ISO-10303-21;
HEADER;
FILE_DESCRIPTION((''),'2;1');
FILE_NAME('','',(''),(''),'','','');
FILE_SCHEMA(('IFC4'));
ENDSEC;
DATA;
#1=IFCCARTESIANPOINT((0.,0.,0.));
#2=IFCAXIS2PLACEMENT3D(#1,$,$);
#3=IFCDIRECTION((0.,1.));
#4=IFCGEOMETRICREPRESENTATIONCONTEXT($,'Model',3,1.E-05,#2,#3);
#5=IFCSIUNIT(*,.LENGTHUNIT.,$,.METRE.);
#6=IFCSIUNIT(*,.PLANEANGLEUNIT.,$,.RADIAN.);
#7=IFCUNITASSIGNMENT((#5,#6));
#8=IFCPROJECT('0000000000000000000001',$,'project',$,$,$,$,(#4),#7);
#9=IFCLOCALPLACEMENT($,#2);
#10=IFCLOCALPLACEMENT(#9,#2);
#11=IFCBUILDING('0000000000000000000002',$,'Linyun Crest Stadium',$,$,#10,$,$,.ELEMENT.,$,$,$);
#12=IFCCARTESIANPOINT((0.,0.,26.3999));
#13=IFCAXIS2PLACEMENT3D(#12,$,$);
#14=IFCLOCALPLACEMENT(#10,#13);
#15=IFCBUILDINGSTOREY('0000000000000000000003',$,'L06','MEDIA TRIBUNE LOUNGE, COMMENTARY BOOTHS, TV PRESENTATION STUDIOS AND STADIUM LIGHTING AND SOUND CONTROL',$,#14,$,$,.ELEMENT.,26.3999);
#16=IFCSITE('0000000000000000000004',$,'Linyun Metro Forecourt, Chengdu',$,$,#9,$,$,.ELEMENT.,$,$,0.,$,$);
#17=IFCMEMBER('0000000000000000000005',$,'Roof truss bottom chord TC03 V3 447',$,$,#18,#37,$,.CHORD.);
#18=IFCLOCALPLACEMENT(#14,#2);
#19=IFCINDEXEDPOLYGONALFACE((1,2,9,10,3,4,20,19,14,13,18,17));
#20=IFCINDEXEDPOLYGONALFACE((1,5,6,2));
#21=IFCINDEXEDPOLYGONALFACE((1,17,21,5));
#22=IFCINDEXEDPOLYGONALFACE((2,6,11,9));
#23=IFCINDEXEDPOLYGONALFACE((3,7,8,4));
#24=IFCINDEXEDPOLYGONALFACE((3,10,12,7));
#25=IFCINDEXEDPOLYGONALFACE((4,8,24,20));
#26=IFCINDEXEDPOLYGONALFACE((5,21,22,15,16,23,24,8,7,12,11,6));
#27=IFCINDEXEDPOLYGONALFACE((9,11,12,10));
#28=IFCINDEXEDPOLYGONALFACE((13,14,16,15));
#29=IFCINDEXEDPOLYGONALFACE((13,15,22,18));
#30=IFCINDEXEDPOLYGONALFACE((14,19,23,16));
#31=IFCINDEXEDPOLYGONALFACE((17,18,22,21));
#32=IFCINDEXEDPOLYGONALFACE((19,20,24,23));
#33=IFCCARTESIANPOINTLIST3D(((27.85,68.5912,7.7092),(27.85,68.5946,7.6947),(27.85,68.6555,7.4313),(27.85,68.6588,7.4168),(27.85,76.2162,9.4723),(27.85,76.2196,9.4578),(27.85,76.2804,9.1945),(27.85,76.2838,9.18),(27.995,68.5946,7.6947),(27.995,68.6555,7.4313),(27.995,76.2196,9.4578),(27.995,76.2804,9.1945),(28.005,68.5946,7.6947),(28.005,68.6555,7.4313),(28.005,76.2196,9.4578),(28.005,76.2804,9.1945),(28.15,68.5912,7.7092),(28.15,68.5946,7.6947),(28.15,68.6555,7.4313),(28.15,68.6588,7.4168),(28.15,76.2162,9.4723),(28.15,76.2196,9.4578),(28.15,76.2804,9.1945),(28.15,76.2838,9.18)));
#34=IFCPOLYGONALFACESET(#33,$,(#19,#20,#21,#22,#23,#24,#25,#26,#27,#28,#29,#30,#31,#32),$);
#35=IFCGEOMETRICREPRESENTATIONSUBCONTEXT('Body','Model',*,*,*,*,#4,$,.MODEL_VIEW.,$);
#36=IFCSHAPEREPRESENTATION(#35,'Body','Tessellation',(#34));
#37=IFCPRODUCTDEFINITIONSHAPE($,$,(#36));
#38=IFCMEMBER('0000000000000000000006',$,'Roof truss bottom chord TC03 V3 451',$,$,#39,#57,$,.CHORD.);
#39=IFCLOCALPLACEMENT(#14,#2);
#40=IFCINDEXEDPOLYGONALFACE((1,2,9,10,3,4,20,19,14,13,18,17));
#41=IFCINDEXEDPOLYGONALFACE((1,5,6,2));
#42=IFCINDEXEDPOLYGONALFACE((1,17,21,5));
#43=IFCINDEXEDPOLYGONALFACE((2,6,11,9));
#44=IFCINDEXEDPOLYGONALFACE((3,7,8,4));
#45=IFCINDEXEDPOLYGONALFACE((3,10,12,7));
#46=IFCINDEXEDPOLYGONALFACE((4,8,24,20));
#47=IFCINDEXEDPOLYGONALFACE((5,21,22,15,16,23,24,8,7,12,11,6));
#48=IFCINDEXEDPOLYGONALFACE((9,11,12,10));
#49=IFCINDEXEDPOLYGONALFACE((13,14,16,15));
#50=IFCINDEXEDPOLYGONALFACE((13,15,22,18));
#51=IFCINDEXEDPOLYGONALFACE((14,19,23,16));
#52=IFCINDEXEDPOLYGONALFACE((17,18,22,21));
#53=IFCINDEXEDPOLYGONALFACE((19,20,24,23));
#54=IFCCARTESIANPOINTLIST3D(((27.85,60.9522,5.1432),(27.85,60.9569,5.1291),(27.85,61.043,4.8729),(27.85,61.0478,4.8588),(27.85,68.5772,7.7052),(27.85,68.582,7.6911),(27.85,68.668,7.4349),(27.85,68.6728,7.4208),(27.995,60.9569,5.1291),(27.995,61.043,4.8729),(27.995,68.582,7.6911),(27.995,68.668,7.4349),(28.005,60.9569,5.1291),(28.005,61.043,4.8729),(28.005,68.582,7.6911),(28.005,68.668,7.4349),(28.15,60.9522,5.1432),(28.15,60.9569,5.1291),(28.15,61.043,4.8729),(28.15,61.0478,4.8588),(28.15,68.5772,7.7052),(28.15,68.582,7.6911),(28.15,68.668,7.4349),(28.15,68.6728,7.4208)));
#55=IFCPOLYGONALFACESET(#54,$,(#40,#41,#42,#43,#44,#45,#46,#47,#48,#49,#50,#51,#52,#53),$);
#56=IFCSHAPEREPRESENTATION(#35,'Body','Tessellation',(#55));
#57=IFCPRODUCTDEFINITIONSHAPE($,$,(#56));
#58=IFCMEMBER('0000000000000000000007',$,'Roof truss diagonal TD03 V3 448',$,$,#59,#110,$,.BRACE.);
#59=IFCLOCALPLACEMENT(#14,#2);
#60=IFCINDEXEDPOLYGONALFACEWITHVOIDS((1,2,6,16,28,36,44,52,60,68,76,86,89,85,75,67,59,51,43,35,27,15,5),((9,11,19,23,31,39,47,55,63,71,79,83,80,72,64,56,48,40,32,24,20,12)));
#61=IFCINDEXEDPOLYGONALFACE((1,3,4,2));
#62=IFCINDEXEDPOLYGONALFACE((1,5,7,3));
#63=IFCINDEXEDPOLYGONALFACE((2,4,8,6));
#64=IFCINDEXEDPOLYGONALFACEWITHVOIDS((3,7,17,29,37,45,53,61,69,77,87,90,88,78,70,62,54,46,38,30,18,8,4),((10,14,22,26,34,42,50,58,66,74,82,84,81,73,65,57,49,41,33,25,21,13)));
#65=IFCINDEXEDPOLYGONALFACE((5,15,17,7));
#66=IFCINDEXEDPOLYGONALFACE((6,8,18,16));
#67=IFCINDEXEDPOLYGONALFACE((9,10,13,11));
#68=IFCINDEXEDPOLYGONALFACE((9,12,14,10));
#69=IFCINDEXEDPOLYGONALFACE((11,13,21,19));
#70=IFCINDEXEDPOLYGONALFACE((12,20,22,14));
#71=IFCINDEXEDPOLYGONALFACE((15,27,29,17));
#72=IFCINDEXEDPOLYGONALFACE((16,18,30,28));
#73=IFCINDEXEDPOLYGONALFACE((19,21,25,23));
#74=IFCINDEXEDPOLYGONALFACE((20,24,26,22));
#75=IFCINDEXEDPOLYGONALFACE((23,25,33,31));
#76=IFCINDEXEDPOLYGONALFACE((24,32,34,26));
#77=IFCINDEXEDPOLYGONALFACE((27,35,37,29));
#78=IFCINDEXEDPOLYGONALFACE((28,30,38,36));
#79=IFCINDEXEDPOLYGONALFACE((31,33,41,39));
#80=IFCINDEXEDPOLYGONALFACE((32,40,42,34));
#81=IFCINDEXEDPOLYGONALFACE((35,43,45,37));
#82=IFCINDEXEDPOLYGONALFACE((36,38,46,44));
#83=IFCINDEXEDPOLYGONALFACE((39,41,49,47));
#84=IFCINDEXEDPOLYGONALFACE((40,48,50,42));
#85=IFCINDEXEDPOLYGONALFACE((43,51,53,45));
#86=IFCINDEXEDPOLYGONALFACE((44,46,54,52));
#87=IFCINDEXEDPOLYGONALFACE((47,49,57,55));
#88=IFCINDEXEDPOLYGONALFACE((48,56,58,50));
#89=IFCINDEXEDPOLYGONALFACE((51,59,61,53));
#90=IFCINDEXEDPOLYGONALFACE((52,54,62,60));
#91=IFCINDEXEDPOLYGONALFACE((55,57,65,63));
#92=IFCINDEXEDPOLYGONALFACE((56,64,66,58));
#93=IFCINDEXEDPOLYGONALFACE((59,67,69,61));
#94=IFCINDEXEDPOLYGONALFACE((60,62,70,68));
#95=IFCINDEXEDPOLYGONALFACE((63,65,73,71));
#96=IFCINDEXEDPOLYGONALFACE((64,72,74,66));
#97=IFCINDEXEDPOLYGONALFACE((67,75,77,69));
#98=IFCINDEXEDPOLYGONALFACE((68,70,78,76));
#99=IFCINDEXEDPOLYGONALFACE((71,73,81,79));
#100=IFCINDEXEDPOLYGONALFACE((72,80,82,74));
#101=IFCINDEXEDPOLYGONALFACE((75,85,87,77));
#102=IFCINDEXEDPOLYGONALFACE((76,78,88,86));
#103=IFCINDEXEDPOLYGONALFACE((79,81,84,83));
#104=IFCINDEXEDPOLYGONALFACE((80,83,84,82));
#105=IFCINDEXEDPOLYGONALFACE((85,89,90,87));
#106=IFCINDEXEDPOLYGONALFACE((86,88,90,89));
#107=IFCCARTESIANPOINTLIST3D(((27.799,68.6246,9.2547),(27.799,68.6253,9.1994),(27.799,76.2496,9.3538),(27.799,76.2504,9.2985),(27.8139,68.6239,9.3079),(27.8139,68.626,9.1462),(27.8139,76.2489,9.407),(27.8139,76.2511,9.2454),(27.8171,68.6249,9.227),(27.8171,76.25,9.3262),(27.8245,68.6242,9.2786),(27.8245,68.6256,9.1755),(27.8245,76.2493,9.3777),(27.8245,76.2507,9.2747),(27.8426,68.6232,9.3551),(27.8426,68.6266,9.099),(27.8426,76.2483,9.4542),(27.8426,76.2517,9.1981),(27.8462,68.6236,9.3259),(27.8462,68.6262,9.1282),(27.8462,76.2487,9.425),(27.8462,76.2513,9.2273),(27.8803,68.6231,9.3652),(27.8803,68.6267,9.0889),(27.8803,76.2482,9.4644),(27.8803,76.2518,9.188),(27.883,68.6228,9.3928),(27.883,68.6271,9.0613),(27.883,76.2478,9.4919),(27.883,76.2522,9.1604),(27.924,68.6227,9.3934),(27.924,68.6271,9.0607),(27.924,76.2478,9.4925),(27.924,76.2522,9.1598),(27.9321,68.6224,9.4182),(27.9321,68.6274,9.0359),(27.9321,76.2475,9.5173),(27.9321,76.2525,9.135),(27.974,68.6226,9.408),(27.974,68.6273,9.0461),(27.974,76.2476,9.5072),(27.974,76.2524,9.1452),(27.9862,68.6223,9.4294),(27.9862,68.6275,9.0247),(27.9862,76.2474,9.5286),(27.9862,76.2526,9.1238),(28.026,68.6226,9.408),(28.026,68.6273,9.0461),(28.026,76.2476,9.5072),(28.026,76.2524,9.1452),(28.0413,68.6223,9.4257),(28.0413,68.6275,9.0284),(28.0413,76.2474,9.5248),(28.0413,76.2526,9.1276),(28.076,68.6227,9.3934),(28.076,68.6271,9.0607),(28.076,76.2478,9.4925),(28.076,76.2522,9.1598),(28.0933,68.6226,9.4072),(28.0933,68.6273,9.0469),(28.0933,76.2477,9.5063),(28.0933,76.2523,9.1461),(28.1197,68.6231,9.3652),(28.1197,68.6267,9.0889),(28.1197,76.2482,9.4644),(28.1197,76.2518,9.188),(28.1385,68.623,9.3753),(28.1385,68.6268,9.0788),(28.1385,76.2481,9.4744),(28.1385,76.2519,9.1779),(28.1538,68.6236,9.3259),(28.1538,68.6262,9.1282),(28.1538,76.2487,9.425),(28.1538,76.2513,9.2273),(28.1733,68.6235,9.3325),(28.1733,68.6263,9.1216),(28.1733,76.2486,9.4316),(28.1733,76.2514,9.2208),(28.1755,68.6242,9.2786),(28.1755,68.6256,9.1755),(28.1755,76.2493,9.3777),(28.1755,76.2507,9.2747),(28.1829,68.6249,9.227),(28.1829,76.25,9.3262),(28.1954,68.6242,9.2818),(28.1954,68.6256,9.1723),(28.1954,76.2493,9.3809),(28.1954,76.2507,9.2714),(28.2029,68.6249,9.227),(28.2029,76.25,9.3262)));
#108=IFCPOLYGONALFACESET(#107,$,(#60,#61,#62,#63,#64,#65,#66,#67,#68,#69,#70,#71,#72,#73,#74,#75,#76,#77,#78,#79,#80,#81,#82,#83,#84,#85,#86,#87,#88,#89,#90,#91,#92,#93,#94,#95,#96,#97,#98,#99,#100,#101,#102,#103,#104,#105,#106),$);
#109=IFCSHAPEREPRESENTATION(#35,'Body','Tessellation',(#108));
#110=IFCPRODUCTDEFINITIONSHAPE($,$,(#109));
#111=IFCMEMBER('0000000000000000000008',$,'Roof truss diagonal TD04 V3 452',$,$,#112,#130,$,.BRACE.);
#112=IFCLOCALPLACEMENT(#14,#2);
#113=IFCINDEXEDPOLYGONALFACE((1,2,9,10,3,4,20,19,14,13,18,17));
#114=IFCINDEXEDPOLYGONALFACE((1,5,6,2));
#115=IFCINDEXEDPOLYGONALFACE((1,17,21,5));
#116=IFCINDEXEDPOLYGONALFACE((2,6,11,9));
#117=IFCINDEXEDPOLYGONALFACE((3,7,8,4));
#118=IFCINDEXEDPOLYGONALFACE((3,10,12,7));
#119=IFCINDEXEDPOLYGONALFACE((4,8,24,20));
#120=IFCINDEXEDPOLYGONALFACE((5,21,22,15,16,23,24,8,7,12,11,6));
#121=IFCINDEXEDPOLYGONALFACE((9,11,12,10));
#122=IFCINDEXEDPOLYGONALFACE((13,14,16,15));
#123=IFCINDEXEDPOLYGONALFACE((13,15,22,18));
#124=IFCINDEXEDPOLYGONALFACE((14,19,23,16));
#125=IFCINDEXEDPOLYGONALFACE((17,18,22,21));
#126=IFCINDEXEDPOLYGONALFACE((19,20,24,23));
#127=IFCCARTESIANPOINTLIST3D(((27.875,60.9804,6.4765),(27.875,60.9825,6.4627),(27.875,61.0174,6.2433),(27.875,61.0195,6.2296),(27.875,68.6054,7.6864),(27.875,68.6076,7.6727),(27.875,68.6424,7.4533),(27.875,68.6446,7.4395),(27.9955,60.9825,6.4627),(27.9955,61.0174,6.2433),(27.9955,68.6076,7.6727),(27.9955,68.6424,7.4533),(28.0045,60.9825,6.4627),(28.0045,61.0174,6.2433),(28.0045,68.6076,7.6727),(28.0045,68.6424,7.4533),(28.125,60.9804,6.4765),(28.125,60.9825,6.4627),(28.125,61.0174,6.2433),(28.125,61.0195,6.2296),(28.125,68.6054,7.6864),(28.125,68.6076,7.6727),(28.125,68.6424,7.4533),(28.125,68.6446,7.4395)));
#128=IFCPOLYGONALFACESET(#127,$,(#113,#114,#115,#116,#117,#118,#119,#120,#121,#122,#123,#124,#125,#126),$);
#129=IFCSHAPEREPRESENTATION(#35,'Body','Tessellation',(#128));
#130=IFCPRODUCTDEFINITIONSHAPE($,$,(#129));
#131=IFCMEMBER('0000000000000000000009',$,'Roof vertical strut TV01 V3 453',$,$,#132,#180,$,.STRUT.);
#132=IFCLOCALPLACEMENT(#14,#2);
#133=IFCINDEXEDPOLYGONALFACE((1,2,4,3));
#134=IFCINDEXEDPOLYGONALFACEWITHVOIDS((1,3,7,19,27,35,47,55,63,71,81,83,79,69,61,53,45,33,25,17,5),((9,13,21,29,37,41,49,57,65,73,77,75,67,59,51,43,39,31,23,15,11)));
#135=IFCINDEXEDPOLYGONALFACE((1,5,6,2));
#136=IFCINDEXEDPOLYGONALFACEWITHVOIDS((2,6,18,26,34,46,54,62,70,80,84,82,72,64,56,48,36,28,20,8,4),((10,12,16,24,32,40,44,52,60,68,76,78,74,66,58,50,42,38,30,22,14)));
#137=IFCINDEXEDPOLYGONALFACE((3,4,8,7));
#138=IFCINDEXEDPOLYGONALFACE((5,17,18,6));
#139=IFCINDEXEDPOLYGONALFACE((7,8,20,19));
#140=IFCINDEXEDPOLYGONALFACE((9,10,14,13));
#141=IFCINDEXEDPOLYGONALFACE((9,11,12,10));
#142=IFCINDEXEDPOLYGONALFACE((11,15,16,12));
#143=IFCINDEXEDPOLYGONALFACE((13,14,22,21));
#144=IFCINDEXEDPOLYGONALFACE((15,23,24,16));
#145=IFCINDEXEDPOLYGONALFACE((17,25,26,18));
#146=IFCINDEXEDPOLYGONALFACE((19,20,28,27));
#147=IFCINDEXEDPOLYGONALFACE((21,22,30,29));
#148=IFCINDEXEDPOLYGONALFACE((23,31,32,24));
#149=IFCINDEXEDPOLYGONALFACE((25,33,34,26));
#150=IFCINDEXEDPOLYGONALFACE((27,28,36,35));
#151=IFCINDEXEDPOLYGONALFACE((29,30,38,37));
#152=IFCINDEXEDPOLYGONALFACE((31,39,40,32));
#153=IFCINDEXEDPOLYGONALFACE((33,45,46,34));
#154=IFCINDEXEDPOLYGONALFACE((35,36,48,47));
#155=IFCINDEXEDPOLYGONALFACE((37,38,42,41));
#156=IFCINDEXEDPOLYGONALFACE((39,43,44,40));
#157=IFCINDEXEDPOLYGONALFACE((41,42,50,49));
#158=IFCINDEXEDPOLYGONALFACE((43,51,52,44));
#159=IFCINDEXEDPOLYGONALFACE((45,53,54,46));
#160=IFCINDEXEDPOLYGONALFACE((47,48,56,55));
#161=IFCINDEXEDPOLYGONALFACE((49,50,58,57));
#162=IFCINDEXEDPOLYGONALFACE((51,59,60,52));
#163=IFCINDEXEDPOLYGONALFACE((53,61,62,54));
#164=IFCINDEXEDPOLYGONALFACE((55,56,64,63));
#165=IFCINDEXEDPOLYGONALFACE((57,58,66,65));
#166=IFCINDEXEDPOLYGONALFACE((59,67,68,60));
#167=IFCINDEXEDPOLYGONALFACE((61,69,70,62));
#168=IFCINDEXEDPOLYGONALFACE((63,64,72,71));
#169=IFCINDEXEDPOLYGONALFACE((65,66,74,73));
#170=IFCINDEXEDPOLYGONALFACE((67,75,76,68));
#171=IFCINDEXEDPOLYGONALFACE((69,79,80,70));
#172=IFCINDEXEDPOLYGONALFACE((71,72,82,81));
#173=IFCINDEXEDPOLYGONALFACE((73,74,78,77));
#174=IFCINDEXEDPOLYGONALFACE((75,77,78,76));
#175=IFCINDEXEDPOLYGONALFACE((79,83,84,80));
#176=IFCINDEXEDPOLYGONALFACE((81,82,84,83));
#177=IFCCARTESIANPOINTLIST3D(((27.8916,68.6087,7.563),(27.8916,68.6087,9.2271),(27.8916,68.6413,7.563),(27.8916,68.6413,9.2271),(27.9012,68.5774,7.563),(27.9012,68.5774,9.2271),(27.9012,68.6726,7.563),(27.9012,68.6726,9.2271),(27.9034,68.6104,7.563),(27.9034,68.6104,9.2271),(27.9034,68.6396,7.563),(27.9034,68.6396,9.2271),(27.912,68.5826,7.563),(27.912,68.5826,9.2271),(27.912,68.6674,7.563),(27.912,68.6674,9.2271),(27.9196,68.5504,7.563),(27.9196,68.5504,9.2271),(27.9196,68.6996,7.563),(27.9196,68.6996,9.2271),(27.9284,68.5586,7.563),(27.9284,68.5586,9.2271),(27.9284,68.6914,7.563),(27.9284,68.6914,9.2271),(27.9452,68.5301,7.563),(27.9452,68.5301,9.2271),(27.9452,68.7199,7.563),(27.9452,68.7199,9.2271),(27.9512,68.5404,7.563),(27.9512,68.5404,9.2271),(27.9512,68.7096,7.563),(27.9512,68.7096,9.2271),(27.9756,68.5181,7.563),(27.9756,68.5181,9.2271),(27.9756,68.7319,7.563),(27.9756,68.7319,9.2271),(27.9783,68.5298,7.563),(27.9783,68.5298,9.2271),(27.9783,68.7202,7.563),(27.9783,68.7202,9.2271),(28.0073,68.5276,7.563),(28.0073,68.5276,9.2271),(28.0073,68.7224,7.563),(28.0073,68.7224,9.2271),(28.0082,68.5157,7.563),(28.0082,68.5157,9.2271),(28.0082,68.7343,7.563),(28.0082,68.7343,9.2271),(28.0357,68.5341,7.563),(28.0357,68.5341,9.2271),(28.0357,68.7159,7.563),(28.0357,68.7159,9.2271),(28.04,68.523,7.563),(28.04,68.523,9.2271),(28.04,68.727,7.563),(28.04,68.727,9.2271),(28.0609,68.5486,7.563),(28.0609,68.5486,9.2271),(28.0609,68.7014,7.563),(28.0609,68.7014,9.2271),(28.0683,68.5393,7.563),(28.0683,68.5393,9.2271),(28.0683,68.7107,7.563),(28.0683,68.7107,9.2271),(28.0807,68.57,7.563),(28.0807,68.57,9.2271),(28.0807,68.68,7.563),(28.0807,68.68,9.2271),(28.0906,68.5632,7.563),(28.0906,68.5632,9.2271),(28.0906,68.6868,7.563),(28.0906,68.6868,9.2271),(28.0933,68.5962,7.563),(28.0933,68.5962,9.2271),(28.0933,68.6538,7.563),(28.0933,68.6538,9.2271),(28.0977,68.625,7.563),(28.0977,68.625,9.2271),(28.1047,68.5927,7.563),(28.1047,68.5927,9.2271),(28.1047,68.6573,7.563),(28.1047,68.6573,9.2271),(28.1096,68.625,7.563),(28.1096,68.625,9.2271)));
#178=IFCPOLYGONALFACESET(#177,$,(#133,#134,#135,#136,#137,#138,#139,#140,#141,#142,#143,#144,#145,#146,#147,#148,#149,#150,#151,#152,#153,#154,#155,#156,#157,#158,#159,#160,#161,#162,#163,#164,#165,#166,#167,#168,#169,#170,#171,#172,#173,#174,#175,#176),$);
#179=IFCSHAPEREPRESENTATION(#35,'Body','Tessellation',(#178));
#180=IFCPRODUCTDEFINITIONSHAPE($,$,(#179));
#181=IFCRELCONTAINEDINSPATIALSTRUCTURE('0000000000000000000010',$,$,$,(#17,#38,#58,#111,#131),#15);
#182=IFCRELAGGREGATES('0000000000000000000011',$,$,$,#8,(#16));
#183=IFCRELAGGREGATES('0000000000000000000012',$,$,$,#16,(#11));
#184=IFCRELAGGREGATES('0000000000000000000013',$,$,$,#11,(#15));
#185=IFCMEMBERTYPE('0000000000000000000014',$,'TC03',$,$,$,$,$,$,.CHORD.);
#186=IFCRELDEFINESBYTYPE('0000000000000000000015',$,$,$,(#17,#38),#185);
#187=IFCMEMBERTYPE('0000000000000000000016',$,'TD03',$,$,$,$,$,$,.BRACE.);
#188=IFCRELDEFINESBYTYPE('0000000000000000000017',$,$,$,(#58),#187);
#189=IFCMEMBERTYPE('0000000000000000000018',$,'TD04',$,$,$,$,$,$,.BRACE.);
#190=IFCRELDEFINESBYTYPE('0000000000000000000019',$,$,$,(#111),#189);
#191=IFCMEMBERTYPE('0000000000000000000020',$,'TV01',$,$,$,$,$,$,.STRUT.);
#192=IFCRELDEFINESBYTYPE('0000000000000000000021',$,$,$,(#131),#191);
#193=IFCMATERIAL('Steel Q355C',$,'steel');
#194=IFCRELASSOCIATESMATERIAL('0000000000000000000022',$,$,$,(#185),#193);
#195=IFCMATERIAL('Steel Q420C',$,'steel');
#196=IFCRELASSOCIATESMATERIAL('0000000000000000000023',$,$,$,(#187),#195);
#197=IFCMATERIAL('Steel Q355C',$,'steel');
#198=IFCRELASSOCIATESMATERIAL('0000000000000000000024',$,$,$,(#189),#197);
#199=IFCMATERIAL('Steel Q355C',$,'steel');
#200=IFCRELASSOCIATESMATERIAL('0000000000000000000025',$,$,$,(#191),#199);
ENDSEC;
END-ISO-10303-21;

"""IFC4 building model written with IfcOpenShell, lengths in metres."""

from ifc_helpers import new_model, si_unit, direction, frame, origin, origin_2d, place, context, subcontext, project, spatial, hollow_circle, i_section, extrude, material, material_profile, profile_set, type_object, element, save


model = new_model("IFC4")

# Units and contexts
model_context = context("Model", 3, precision=1e-05, world=origin(), true_north=direction((0.0, 1.0)))
body_context = subcontext(model_context, "Body", "Model", "MODEL_VIEW")
ifc_project = project(units=[si_unit("LENGTHUNIT", "METRE"), si_unit("PLANEANGLEUNIT", "RADIAN")], contexts=[model_context])

# Site, building, storey
site_placement = place(None, origin())
site = spatial("IfcSite", under=ifc_project, at=site_placement, Name="Linyun Metro Forecourt, Chengdu", CompositionType="ELEMENT", RefElevation=0.0)
building_placement = place(site_placement, origin())
building = spatial("IfcBuilding", under=site, at=building_placement, Name="Linyun Crest Stadium", CompositionType="ELEMENT")
storey_placement = place(building_placement, frame((0.0, 0.0, 26.3999)))
storey = spatial("IfcBuildingStorey", under=building, at=storey_placement, Name="L06", Description="MEDIA TRIBUNE LOUNGE, COMMENTARY BOOTHS, TV PRESENTATION STUDIOS AND STADIUM LIGHTING AND SOUND CONTROL", CompositionType="ELEMENT", Elevation=26.3999)

# Members
ifc_material_1 = material(Name="Steel Q355C", Category="steel")
ifc_material_profile_1 = material_profile(ifc_material_1, i_section(OverallWidth=0.3, OverallDepth=0.3, WebThickness=0.01, FlangeThickness=0.0149, at=origin_2d()), Name="HW 300x300")
ifc_profile_set_1 = profile_set([ifc_material_profile_1], Name="Steel Q355C")
member_type_1 = type_object("IfcMemberType", Name="TC03", PredefinedType="CHORD", material=ifc_profile_set_1)
member_1_placement = place(storey_placement, frame((28.0, 76.25, 9.3262), z_axis=(0.0, -0.974291, -0.225292), x_axis=(1.0, 0.0, 0.0)))
element("IfcMember", 1, at=member_1_placement, inside=storey, type_object=member_type_1, Name="Roof truss bottom chord TC03 V3 447", PredefinedType="CHORD", context=body_context, shape_type="SweptSolid", body=[
    extrude(i_section(OverallWidth=0.3, OverallDepth=0.3, WebThickness=0.01, FlangeThickness=0.0149, at=origin_2d()), origin(), (0.0, 0.0, 1.0), 7.8262),
])
member_2_placement = place(storey_placement, frame((28.0, 68.625, 7.563), z_axis=(0.0, -0.947922, -0.318503), x_axis=(1.0, 0.0, 0.0)))
element("IfcMember", 2, at=member_2_placement, inside=storey, type_object=member_type_1, Name="Roof truss bottom chord TC03 V3 451", PredefinedType="CHORD", context=body_context, shape_type="SweptSolid", body=[
    extrude(i_section(OverallWidth=0.3, OverallDepth=0.3, WebThickness=0.01, FlangeThickness=0.0149, at=origin_2d()), origin(), (0.0, 0.0, 1.0), 8.0439),
])
ifc_material_2 = material(Name="Steel Q420C", Category="steel")
ifc_material_profile_2 = material_profile(ifc_material_2, hollow_circle(Radius=0.2029, WallThickness=0.02, at=origin_2d()), Name="CHS 406x20")
ifc_profile_set_2 = profile_set([ifc_material_profile_2], Name="Steel Q420C")
member_type_2 = type_object("IfcMemberType", Name="TD03", PredefinedType="BRACE", material=ifc_profile_set_2)
member_3_placement = place(storey_placement, frame((28.0, 76.25, 9.3262), z_axis=(0.0, -0.999916, -0.012998), x_axis=(1.0, 0.0, 0.0)))
element("IfcMember", 3, at=member_3_placement, inside=storey, type_object=member_type_2, Name="Roof truss diagonal TD03 V3 448", PredefinedType="BRACE", context=body_context, shape_type="SweptSolid", body=[
    extrude(hollow_circle(Radius=0.2029, WallThickness=0.02, at=origin_2d()), origin(), (0.0, 0.0, 1.0), 7.6257),
])
ifc_material_3 = material(Name="Steel Q355C", Category="steel")
ifc_material_profile_3 = material_profile(ifc_material_3, i_section(OverallWidth=0.25, OverallDepth=0.25, WebThickness=0.009, FlangeThickness=0.0139, at=origin_2d()), Name="HW 250x250")
ifc_profile_set_3 = profile_set([ifc_material_profile_3], Name="Steel Q355C")
member_type_3 = type_object("IfcMemberType", Name="TD04", PredefinedType="BRACE", material=ifc_profile_set_3)
member_4_placement = place(storey_placement, frame((28.0, 68.625, 7.563), z_axis=(0.0, -0.987643, -0.156722), x_axis=(1.0, 0.0, 0.0)))
element("IfcMember", 4, at=member_4_placement, inside=storey, type_object=member_type_3, Name="Roof truss diagonal TD04 V3 452", PredefinedType="BRACE", context=body_context, shape_type="SweptSolid", body=[
    extrude(i_section(OverallWidth=0.25, OverallDepth=0.25, WebThickness=0.009, FlangeThickness=0.0139, at=origin_2d()), origin(), (0.0, 0.0, 1.0), 7.7205),
])
ifc_material_4 = material(Name="Steel Q355C", Category="steel")
ifc_material_profile_4 = material_profile(ifc_material_4, hollow_circle(Radius=0.1096, WallThickness=0.012, at=origin_2d()), Name="CHS 219x12")
ifc_profile_set_4 = profile_set([ifc_material_profile_4], Name="Steel Q355C")
member_type_4 = type_object("IfcMemberType", Name="TV01", PredefinedType="STRUT", material=ifc_profile_set_4)
member_5_placement = place(storey_placement, frame((28.0, 68.625, 7.563), z_axis=(0.0, 0.0, 1.0), x_axis=(1.0, 0.0, 0.0)))
element("IfcMember", 5, at=member_5_placement, inside=storey, type_object=member_type_4, Name="Roof vertical strut TV01 V3 453", PredefinedType="STRUT", context=body_context, shape_type="SweptSolid", body=[
    extrude(hollow_circle(Radius=0.1096, WallThickness=0.012, at=origin_2d()), origin(), (0.0, 0.0, 1.0), 1.6641),
])

save(model, "model.ifc")
